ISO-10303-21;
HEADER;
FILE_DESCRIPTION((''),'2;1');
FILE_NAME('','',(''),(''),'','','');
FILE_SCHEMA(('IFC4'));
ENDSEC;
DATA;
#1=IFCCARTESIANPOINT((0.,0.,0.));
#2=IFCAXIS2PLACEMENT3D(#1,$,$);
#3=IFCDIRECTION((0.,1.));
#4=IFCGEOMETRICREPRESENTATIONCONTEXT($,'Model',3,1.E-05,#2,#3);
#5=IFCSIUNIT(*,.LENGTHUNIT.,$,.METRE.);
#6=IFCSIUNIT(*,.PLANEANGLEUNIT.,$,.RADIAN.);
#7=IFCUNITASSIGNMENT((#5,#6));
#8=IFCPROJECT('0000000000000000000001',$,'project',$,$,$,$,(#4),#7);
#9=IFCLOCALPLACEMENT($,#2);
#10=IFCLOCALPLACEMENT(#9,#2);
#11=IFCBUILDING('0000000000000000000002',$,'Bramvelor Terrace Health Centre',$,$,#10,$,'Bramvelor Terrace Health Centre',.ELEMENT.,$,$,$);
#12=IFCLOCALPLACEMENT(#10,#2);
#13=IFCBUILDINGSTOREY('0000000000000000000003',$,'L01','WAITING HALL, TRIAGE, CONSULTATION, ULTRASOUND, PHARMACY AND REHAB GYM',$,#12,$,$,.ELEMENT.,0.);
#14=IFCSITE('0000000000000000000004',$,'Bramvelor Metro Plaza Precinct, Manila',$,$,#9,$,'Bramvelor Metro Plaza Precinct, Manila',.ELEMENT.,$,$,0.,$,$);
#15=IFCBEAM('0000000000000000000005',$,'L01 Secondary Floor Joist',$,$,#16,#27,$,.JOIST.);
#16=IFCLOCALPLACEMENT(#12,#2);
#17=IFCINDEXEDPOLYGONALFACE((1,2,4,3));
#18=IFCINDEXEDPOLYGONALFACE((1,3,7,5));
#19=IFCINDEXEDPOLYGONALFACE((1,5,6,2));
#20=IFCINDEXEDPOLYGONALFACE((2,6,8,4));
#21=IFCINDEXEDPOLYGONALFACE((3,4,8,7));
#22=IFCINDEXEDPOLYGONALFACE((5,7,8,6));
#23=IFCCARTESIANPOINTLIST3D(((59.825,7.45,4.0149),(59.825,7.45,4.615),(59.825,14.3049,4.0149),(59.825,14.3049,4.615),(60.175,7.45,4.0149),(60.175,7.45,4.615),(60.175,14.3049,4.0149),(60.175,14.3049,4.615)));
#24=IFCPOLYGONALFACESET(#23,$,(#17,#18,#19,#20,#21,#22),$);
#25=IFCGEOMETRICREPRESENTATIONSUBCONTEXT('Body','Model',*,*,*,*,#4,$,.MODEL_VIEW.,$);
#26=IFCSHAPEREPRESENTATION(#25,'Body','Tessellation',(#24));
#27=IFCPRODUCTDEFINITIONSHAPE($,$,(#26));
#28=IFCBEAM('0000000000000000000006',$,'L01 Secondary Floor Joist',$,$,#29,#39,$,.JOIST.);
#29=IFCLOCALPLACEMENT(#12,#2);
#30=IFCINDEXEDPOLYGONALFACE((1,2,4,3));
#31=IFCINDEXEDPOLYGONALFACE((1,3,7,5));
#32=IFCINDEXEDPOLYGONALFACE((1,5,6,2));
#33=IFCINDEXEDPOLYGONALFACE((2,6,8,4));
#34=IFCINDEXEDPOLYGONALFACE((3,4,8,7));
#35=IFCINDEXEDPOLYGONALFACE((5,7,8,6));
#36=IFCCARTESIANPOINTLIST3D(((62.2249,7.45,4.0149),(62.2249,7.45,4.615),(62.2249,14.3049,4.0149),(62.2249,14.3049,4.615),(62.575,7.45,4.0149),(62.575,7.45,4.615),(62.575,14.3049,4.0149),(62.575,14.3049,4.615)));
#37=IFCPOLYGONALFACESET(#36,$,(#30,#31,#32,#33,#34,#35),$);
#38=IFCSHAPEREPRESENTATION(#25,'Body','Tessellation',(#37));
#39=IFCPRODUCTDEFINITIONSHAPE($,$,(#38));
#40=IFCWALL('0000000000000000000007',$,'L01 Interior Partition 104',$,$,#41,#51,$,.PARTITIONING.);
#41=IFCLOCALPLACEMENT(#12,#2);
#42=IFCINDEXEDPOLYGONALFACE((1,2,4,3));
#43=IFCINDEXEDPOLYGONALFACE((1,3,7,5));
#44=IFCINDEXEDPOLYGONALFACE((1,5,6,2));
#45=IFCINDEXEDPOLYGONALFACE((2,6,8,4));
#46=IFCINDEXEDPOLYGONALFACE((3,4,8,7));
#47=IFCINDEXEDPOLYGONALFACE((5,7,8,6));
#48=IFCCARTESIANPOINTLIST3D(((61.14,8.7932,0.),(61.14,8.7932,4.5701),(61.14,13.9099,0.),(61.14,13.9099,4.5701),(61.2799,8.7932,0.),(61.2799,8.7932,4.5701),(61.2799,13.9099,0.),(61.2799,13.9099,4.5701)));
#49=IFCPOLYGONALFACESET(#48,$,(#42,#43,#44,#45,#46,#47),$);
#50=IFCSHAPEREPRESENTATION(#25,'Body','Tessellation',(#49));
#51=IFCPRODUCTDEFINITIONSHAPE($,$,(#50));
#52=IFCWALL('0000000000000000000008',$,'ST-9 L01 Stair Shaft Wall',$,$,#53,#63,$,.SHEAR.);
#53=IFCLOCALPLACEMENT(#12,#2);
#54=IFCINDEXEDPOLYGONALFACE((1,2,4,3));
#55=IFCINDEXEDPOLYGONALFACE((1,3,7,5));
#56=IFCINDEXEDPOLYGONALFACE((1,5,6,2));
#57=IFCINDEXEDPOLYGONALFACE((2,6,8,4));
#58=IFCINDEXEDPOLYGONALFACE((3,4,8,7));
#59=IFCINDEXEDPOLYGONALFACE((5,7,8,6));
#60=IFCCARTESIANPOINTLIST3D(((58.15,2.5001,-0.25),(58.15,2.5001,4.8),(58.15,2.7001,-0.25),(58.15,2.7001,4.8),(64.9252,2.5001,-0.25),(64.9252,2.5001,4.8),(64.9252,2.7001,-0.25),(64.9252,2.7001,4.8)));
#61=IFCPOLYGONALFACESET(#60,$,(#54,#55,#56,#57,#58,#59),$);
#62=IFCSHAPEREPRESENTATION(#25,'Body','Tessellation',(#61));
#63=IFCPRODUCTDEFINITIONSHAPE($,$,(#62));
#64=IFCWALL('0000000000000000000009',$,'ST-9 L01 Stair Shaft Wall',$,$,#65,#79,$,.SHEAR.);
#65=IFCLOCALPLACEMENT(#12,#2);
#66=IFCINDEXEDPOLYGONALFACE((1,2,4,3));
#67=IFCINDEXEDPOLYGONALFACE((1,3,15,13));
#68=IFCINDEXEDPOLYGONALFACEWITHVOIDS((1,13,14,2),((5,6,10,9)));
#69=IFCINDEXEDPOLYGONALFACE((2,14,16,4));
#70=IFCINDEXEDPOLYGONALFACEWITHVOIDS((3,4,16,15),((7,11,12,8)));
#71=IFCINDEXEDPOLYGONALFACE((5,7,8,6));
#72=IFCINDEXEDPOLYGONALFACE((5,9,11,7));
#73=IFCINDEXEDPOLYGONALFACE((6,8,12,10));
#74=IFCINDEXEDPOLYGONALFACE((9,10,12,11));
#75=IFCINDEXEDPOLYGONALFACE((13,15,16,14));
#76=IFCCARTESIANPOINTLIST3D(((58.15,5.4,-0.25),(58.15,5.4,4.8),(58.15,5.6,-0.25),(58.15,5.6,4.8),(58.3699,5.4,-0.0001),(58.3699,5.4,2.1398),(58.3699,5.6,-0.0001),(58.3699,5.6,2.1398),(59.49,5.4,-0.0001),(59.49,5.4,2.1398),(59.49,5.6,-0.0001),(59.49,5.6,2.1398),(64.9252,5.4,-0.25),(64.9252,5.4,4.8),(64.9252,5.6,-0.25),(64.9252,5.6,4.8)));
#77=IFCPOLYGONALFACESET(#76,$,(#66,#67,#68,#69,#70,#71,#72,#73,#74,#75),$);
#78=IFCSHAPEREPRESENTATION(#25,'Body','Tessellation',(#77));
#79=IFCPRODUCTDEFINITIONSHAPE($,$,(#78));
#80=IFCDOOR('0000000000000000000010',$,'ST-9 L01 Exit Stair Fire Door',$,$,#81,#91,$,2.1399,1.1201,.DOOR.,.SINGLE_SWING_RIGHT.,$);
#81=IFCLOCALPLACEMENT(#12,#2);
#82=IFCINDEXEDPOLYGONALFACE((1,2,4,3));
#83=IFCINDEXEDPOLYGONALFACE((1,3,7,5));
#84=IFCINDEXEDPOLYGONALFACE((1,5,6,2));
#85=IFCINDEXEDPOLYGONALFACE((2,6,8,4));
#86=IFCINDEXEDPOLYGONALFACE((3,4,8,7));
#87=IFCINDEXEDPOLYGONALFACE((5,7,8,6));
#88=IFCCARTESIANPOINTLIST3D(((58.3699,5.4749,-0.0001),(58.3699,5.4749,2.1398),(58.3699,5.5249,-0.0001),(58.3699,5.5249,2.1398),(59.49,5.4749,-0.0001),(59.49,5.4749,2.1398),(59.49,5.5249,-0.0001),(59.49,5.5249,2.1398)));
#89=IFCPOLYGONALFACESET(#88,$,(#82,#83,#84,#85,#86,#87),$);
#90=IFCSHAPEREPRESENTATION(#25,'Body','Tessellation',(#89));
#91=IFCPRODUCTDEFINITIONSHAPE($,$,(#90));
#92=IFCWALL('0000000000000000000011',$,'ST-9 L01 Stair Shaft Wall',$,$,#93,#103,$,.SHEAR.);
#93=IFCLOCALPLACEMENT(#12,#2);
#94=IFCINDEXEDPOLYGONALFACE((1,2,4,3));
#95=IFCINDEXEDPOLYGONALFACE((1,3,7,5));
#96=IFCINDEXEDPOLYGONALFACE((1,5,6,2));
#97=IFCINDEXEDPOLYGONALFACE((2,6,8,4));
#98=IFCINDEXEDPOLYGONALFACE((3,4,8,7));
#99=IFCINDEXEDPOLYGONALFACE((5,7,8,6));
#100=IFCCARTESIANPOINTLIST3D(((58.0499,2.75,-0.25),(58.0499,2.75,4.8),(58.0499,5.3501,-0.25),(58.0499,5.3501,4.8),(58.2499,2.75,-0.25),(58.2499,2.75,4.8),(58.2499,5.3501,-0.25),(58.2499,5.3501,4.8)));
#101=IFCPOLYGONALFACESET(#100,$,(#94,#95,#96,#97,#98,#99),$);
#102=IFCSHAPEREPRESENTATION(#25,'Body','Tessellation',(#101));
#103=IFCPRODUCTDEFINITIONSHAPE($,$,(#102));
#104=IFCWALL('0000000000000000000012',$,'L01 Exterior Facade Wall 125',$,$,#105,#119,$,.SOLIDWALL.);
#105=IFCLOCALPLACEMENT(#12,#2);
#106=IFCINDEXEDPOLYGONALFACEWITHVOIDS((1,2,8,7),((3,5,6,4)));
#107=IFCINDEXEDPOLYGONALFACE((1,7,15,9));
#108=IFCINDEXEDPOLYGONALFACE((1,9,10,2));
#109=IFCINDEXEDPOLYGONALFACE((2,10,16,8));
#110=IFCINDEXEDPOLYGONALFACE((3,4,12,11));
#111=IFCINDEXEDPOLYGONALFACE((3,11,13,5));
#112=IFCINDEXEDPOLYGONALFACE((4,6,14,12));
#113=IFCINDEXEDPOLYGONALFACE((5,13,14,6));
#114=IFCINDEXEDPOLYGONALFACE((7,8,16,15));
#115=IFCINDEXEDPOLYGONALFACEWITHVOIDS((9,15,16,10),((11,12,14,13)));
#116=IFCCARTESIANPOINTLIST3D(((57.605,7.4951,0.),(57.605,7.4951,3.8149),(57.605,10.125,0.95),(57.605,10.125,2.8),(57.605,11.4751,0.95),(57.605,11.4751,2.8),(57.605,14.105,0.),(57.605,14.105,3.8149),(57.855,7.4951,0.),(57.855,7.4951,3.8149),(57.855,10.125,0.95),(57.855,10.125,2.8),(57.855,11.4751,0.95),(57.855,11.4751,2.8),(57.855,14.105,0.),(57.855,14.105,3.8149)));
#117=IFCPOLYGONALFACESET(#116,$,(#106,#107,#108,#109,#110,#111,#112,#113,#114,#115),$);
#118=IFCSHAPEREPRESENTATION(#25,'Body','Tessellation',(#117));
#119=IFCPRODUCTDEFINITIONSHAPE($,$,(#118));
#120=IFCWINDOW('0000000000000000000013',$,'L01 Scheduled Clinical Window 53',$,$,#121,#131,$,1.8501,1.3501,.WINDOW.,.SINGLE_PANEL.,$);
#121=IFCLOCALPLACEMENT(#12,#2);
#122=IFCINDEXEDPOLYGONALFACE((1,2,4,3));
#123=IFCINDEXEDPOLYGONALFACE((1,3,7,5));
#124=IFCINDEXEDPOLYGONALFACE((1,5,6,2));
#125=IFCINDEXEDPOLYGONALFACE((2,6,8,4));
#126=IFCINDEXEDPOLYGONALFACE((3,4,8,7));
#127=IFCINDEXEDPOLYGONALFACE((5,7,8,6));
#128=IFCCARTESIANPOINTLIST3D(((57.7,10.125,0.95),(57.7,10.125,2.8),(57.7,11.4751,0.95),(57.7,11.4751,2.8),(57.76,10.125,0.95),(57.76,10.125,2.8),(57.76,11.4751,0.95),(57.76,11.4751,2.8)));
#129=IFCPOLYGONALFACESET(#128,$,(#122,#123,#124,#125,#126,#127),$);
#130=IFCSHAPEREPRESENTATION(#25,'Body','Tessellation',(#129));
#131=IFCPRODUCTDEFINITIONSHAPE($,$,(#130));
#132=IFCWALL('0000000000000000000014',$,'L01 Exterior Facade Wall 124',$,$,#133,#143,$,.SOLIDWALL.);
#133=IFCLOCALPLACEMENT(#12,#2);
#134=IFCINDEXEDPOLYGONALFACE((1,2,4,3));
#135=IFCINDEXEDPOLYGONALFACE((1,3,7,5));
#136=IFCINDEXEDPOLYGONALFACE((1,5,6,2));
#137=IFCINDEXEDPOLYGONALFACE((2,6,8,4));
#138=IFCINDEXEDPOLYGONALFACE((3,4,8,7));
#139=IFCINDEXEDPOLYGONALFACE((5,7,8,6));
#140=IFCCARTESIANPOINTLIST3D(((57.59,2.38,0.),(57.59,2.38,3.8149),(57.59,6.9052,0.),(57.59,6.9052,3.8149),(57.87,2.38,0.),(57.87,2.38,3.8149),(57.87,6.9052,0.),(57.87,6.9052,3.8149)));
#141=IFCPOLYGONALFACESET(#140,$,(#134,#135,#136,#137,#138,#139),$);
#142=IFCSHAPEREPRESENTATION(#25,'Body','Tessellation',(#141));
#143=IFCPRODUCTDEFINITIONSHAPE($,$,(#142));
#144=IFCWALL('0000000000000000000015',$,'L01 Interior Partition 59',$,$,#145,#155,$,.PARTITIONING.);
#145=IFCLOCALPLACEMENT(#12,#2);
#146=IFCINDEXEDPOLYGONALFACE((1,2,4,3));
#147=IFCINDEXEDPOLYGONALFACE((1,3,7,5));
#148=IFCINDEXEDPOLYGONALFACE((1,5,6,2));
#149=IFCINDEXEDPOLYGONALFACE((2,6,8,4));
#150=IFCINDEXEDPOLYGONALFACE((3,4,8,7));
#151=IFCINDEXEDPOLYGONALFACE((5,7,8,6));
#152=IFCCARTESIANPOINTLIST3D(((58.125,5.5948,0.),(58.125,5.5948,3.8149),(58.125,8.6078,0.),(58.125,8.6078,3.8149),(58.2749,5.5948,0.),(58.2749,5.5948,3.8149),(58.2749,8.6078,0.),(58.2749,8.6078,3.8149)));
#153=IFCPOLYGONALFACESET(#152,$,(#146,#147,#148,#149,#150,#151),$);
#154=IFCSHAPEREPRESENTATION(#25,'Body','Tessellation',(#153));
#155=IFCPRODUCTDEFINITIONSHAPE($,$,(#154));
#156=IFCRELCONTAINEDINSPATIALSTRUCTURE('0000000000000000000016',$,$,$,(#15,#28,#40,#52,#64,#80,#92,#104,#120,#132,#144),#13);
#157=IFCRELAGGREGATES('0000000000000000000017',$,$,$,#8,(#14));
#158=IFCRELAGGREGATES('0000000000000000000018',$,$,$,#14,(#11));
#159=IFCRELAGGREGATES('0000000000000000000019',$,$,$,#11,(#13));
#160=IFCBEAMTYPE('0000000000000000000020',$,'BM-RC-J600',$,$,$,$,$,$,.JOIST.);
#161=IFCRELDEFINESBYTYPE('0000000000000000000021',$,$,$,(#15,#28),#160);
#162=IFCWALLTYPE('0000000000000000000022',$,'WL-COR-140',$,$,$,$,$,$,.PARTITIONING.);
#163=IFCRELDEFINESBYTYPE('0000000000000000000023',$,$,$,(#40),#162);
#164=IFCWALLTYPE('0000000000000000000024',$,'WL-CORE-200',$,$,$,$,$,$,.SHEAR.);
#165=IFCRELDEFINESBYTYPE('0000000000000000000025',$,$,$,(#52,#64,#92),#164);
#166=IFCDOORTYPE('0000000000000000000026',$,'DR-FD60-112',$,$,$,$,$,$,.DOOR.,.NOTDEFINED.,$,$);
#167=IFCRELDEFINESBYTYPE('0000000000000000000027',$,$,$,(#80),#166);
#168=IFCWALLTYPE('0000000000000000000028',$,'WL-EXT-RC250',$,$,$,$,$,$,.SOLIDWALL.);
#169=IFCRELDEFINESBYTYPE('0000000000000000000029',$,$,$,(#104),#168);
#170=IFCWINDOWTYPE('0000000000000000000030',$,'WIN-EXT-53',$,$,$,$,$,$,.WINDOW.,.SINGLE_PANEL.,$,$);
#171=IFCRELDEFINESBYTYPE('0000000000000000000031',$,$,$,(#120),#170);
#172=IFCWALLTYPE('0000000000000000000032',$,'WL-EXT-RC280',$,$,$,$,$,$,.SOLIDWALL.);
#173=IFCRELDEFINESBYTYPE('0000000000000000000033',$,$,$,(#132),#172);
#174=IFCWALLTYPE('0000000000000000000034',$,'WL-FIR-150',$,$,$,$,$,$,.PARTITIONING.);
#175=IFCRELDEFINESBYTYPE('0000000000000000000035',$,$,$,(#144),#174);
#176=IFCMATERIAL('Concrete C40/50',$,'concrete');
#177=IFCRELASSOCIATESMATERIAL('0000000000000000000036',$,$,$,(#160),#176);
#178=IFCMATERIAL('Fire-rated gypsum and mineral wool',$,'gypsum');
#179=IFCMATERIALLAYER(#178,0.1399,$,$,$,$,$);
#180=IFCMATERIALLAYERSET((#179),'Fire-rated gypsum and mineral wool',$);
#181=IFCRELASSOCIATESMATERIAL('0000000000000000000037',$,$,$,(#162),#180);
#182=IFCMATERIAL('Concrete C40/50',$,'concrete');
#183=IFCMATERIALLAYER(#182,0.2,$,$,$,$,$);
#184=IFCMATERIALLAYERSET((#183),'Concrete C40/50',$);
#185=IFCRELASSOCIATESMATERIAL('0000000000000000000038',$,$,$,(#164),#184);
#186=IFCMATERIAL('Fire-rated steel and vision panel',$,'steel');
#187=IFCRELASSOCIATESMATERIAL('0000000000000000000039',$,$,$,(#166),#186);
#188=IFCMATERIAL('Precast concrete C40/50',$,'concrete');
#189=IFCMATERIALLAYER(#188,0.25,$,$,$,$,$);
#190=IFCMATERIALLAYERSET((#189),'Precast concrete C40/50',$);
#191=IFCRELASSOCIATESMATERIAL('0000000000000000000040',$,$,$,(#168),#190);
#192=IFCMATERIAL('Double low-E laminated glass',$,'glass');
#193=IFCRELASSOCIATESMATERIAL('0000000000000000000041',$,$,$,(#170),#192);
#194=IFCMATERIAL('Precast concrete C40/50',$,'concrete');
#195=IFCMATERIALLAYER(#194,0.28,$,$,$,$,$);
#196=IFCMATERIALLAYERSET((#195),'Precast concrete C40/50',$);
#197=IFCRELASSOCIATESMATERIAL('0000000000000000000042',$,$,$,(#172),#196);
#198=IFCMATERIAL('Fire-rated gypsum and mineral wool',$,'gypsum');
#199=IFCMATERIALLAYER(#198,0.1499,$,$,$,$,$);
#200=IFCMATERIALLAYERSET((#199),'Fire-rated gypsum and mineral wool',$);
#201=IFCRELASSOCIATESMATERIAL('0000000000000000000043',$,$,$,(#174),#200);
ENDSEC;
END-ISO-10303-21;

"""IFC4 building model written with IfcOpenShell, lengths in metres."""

from ifc_helpers import new_model, si_unit, direction, frame, frame_2d, origin, origin_2d, place, context, subcontext, project, spatial, rectangle, extrude, material, layer, layer_set, material_profile, profile_set, type_object, element, fill, save


model = new_model("IFC4")

# Units and contexts
model_context = context("Model", 3, precision=1e-05, world=origin(), true_north=direction((0.0, 1.0)))
body_context = subcontext(model_context, "Body", "Model", "MODEL_VIEW")
ifc_project = project(units=[si_unit("LENGTHUNIT", "METRE"), si_unit("PLANEANGLEUNIT", "RADIAN")], contexts=[model_context])

# Site, building, storey
site_placement = place(None, origin())
site = spatial("IfcSite", under=ifc_project, at=site_placement, Name="Bramvelor Metro Plaza Precinct, Manila", LongName="Bramvelor Metro Plaza Precinct, Manila", CompositionType="ELEMENT", RefElevation=0.0)
building_placement = place(site_placement, origin())
building = spatial("IfcBuilding", under=site, at=building_placement, Name="Bramvelor Terrace Health Centre", LongName="Bramvelor Terrace Health Centre", CompositionType="ELEMENT")
storey_placement = place(building_placement, origin())
storey = spatial("IfcBuildingStorey", under=building, at=storey_placement, Name="L01", Description="WAITING HALL, TRIAGE, CONSULTATION, ULTRASOUND, PHARMACY AND REHAB GYM", CompositionType="ELEMENT", Elevation=0.0)

# Beams
ifc_material_1 = material(Name="Concrete C40/50", Category="concrete")
ifc_material_profile_1 = material_profile(ifc_material_1, rectangle(XDim=0.3501, YDim=0.6001, at=origin_2d()), Name="RC 350x600")
ifc_profile_set_1 = profile_set([ifc_material_profile_1], Name="Concrete C40/50")
beam_type_1 = type_object("IfcBeamType", Name="BM-RC-J600", PredefinedType="JOIST", material=ifc_profile_set_1)
for number, where, z_axis, x_axis, name in (
    (1, (60.0, 7.45, 4.3149), (0.0, 1.0, 0.0), (-1.0, 0.0, 0.0), "L01 Secondary Floor Joist"),
    (2, (62.3999, 7.45, 4.3149), (0.0, 1.0, 0.0), (-1.0, 0.0, 0.0), "L01 Secondary Floor Joist"),
):
    element("IfcBeam", number, at=place(storey_placement, frame(where, z_axis=z_axis, x_axis=x_axis)), inside=storey, type_object=beam_type_1, Name=name, PredefinedType="JOIST", context=body_context, shape_type="SweptSolid", body=[
        extrude(rectangle(XDim=0.3501, YDim=0.6001, at=origin_2d()), origin(), (0.0, 0.0, 1.0), 6.855),
    ])

# Walls
ifc_material_2 = material(Name="Fire-rated gypsum and mineral wool", Category="gypsum")
ifc_layer_1 = layer(ifc_material_2, 0.1399)
ifc_layer_set_1 = layer_set([ifc_layer_1], Name="Fire-rated gypsum and mineral wool")
wall_type_1 = type_object("IfcWallType", Name="WL-COR-140", PredefinedType="PARTITIONING", material=ifc_layer_set_1)
wall_1_placement = place(storey_placement, frame((61.21, 8.7932, 0.0), z_axis=(0.0, 0.0, 1.0), x_axis=(0.0, 1.0, 0.0)))
element("IfcWall", 3, at=wall_1_placement, inside=storey, type_object=wall_type_1, Name="L01 Interior Partition 104", PredefinedType="PARTITIONING", context=body_context, shape_type="SweptSolid", body=[
    extrude(rectangle(XDim=5.1167, YDim=0.1399, at=frame_2d((2.5583, 0.0))), origin(), (0.0, 0.0, 1.0), 4.5701),
])
ifc_material_3 = material(Name="Concrete C40/50", Category="concrete")
ifc_layer_2 = layer(ifc_material_3, 0.2)
ifc_layer_set_2 = layer_set([ifc_layer_2], Name="Concrete C40/50")
wall_type_2 = type_object("IfcWallType", Name="WL-CORE-200", PredefinedType="SHEAR", material=ifc_layer_set_2)
wall_2_placement = place(storey_placement, frame((58.1499, 2.6001, -0.25), z_axis=(0.0, 0.0, 1.0), x_axis=(1.0, 0.0, 0.0)))
element("IfcWall", 4, at=wall_2_placement, inside=storey, type_object=wall_type_2, Name="ST-9 L01 Stair Shaft Wall", PredefinedType="SHEAR", context=body_context, shape_type="SweptSolid", body=[
    extrude(rectangle(XDim=6.7751, YDim=0.2, at=frame_2d((3.3877, 0.0))), origin(), (0.0, 0.0, 1.0), 5.05),
])

# Wall, opening, door
wall_3_placement = place(storey_placement, frame((58.1499, 5.5, -0.25), z_axis=(0.0, 0.0, 1.0), x_axis=(1.0, 0.0, 0.0)))
wall_3 = element("IfcWall", 5, at=wall_3_placement, inside=storey, type_object=wall_type_2, Name="ST-9 L01 Stair Shaft Wall", PredefinedType="SHEAR", context=body_context, shape_type="SweptSolid", body=[
    extrude(rectangle(XDim=6.7751, YDim=0.2, at=frame_2d((3.3877, 0.0))), origin(), (0.0, 0.0, 1.0), 5.05),
])
opening_1_placement = place(wall_3_placement, frame((0.22, 0.0, 0.25)))
opening_1 = element("IfcOpeningElement", 6, at=opening_1_placement, cuts=wall_3, PredefinedType="OPENING", context=body_context, shape_type="SweptSolid", body=[
    extrude(rectangle(XDim=1.1201, YDim=2.1399, at=frame_2d((0.5601, 1.0698))), frame((0.0, 0.1099, 0.0), z_axis=(0.0, -1.0, 0.0), x_axis=(1.0, 0.0, 0.0)), (0.0, 0.0, 1.0), 0.22),
])
ifc_material_4 = material(Name="Fire-rated steel and vision panel", Category="steel")
door_type_1 = type_object("IfcDoorType", Name="DR-FD60-112", OperationType="NOTDEFINED", PredefinedType="DOOR", material=ifc_material_4)
door_1_placement = place(opening_1_placement, origin())
door_1 = element("IfcDoor", 7, at=door_1_placement, inside=storey, type_object=door_type_1, Name="ST-9 L01 Exit Stair Fire Door", OperationType="SINGLE_SWING_RIGHT", OverallHeight=2.1399, OverallWidth=1.1201, PredefinedType="DOOR", context=body_context, shape_type="SweptSolid", body=[
    extrude(rectangle(XDim=1.1201, YDim=2.1399, at=frame_2d((0.5601, 1.0698))), frame((0.0, 0.0249, 0.0), z_axis=(0.0, -1.0, 0.0), x_axis=(1.0, 0.0, 0.0)), (0.0, 0.0, 1.0), 0.05),
])
fill(opening_1, door_1)

# Wall
wall_4_placement = place(storey_placement, frame((58.1499, 2.75, -0.25), z_axis=(0.0, 0.0, 1.0), x_axis=(0.0, 1.0, 0.0)))
element("IfcWall", 8, at=wall_4_placement, inside=storey, type_object=wall_type_2, Name="ST-9 L01 Stair Shaft Wall", PredefinedType="SHEAR", context=body_context, shape_type="SweptSolid", body=[
    extrude(rectangle(XDim=2.6001, YDim=0.2, at=frame_2d((1.3, 0.0))), origin(), (0.0, 0.0, 1.0), 5.05),
])

# Wall, opening, window
ifc_material_5 = material(Name="Precast concrete C40/50", Category="concrete")
ifc_layer_3 = layer(ifc_material_5, 0.25)
ifc_layer_set_3 = layer_set([ifc_layer_3], Name="Precast concrete C40/50")
wall_type_3 = type_object("IfcWallType", Name="WL-EXT-RC250", PredefinedType="SOLIDWALL", material=ifc_layer_set_3)
wall_5_placement = place(storey_placement, frame((57.73, 7.4951, 0.0), z_axis=(0.0, 0.0, 1.0), x_axis=(0.0, 1.0, 0.0)))
wall_5 = element("IfcWall", 9, at=wall_5_placement, inside=storey, type_object=wall_type_3, Name="L01 Exterior Facade Wall 125", PredefinedType="SOLIDWALL", context=body_context, shape_type="SweptSolid", body=[
    extrude(rectangle(XDim=6.6099, YDim=0.25, at=frame_2d((3.3049, 0.0))), origin(), (0.0, 0.0, 1.0), 3.8149),
])
opening_2_placement = place(wall_5_placement, frame((2.6299, 0.0, 0.95)))
opening_2 = element("IfcOpeningElement", 10, at=opening_2_placement, cuts=wall_5, PredefinedType="OPENING", context=body_context, shape_type="SweptSolid", body=[
    extrude(rectangle(XDim=1.3501, YDim=1.8501, at=frame_2d((0.675, 0.925))), frame((0.0, 0.135, 0.0), z_axis=(0.0, -1.0, 0.0), x_axis=(1.0, 0.0, 0.0)), (0.0, 0.0, 1.0), 0.27),
])
ifc_material_6 = material(Name="Double low-E laminated glass", Category="glass")
window_type = type_object("IfcWindowType", Name="WIN-EXT-53", PartitioningType="SINGLE_PANEL", PredefinedType="WINDOW", material=ifc_material_6)
window_placement = place(opening_2_placement, origin())
window = element("IfcWindow", 11, at=window_placement, inside=storey, type_object=window_type, Name="L01 Scheduled Clinical Window 53", OverallHeight=1.8501, OverallWidth=1.3501, PartitioningType="SINGLE_PANEL", PredefinedType="WINDOW", context=body_context, shape_type="SweptSolid", body=[
    extrude(rectangle(XDim=1.3501, YDim=1.8501, at=frame_2d((0.675, 0.925))), frame((0.0, 0.03, 0.0), z_axis=(0.0, -1.0, 0.0), x_axis=(1.0, 0.0, 0.0)), (0.0, 0.0, 1.0), 0.0601),
])
fill(opening_2, window)

# Walls
ifc_material_7 = material(Name="Precast concrete C40/50", Category="concrete")
ifc_layer_4 = layer(ifc_material_7, 0.28)
ifc_layer_set_4 = layer_set([ifc_layer_4], Name="Precast concrete C40/50")
wall_type_4 = type_object("IfcWallType", Name="WL-EXT-RC280", PredefinedType="SOLIDWALL", material=ifc_layer_set_4)
wall_6_placement = place(storey_placement, frame((57.73, 2.3799, 0.0), z_axis=(0.0, 0.0, 1.0), x_axis=(0.0, 1.0, 0.0)))
element("IfcWall", 12, at=wall_6_placement, inside=storey, type_object=wall_type_4, Name="L01 Exterior Facade Wall 124", PredefinedType="SOLIDWALL", context=body_context, shape_type="SweptSolid", body=[
    extrude(rectangle(XDim=4.5251, YDim=0.28, at=frame_2d((2.2627, 0.0))), origin(), (0.0, 0.0, 1.0), 3.8149),
])
ifc_material_8 = material(Name="Fire-rated gypsum and mineral wool", Category="gypsum")
ifc_layer_5 = layer(ifc_material_8, 0.1499)
ifc_layer_set_5 = layer_set([ifc_layer_5], Name="Fire-rated gypsum and mineral wool")
wall_type_5 = type_object("IfcWallType", Name="WL-FIR-150", PredefinedType="PARTITIONING", material=ifc_layer_set_5)
wall_7_placement = place(storey_placement, frame((58.2, 5.595, 0.0), z_axis=(0.0, 0.0, 1.0), x_axis=(0.0, 1.0, 0.0)))
element("IfcWall", 13, at=wall_7_placement, inside=storey, type_object=wall_type_5, Name="L01 Interior Partition 59", PredefinedType="PARTITIONING", context=body_context, shape_type="SweptSolid", body=[
    extrude(rectangle(XDim=3.0129, YDim=0.1499, at=frame_2d((1.5063, 0.0))), origin(), (0.0, 0.0, 1.0), 3.8149),
])

save(model, "model.ifc")
